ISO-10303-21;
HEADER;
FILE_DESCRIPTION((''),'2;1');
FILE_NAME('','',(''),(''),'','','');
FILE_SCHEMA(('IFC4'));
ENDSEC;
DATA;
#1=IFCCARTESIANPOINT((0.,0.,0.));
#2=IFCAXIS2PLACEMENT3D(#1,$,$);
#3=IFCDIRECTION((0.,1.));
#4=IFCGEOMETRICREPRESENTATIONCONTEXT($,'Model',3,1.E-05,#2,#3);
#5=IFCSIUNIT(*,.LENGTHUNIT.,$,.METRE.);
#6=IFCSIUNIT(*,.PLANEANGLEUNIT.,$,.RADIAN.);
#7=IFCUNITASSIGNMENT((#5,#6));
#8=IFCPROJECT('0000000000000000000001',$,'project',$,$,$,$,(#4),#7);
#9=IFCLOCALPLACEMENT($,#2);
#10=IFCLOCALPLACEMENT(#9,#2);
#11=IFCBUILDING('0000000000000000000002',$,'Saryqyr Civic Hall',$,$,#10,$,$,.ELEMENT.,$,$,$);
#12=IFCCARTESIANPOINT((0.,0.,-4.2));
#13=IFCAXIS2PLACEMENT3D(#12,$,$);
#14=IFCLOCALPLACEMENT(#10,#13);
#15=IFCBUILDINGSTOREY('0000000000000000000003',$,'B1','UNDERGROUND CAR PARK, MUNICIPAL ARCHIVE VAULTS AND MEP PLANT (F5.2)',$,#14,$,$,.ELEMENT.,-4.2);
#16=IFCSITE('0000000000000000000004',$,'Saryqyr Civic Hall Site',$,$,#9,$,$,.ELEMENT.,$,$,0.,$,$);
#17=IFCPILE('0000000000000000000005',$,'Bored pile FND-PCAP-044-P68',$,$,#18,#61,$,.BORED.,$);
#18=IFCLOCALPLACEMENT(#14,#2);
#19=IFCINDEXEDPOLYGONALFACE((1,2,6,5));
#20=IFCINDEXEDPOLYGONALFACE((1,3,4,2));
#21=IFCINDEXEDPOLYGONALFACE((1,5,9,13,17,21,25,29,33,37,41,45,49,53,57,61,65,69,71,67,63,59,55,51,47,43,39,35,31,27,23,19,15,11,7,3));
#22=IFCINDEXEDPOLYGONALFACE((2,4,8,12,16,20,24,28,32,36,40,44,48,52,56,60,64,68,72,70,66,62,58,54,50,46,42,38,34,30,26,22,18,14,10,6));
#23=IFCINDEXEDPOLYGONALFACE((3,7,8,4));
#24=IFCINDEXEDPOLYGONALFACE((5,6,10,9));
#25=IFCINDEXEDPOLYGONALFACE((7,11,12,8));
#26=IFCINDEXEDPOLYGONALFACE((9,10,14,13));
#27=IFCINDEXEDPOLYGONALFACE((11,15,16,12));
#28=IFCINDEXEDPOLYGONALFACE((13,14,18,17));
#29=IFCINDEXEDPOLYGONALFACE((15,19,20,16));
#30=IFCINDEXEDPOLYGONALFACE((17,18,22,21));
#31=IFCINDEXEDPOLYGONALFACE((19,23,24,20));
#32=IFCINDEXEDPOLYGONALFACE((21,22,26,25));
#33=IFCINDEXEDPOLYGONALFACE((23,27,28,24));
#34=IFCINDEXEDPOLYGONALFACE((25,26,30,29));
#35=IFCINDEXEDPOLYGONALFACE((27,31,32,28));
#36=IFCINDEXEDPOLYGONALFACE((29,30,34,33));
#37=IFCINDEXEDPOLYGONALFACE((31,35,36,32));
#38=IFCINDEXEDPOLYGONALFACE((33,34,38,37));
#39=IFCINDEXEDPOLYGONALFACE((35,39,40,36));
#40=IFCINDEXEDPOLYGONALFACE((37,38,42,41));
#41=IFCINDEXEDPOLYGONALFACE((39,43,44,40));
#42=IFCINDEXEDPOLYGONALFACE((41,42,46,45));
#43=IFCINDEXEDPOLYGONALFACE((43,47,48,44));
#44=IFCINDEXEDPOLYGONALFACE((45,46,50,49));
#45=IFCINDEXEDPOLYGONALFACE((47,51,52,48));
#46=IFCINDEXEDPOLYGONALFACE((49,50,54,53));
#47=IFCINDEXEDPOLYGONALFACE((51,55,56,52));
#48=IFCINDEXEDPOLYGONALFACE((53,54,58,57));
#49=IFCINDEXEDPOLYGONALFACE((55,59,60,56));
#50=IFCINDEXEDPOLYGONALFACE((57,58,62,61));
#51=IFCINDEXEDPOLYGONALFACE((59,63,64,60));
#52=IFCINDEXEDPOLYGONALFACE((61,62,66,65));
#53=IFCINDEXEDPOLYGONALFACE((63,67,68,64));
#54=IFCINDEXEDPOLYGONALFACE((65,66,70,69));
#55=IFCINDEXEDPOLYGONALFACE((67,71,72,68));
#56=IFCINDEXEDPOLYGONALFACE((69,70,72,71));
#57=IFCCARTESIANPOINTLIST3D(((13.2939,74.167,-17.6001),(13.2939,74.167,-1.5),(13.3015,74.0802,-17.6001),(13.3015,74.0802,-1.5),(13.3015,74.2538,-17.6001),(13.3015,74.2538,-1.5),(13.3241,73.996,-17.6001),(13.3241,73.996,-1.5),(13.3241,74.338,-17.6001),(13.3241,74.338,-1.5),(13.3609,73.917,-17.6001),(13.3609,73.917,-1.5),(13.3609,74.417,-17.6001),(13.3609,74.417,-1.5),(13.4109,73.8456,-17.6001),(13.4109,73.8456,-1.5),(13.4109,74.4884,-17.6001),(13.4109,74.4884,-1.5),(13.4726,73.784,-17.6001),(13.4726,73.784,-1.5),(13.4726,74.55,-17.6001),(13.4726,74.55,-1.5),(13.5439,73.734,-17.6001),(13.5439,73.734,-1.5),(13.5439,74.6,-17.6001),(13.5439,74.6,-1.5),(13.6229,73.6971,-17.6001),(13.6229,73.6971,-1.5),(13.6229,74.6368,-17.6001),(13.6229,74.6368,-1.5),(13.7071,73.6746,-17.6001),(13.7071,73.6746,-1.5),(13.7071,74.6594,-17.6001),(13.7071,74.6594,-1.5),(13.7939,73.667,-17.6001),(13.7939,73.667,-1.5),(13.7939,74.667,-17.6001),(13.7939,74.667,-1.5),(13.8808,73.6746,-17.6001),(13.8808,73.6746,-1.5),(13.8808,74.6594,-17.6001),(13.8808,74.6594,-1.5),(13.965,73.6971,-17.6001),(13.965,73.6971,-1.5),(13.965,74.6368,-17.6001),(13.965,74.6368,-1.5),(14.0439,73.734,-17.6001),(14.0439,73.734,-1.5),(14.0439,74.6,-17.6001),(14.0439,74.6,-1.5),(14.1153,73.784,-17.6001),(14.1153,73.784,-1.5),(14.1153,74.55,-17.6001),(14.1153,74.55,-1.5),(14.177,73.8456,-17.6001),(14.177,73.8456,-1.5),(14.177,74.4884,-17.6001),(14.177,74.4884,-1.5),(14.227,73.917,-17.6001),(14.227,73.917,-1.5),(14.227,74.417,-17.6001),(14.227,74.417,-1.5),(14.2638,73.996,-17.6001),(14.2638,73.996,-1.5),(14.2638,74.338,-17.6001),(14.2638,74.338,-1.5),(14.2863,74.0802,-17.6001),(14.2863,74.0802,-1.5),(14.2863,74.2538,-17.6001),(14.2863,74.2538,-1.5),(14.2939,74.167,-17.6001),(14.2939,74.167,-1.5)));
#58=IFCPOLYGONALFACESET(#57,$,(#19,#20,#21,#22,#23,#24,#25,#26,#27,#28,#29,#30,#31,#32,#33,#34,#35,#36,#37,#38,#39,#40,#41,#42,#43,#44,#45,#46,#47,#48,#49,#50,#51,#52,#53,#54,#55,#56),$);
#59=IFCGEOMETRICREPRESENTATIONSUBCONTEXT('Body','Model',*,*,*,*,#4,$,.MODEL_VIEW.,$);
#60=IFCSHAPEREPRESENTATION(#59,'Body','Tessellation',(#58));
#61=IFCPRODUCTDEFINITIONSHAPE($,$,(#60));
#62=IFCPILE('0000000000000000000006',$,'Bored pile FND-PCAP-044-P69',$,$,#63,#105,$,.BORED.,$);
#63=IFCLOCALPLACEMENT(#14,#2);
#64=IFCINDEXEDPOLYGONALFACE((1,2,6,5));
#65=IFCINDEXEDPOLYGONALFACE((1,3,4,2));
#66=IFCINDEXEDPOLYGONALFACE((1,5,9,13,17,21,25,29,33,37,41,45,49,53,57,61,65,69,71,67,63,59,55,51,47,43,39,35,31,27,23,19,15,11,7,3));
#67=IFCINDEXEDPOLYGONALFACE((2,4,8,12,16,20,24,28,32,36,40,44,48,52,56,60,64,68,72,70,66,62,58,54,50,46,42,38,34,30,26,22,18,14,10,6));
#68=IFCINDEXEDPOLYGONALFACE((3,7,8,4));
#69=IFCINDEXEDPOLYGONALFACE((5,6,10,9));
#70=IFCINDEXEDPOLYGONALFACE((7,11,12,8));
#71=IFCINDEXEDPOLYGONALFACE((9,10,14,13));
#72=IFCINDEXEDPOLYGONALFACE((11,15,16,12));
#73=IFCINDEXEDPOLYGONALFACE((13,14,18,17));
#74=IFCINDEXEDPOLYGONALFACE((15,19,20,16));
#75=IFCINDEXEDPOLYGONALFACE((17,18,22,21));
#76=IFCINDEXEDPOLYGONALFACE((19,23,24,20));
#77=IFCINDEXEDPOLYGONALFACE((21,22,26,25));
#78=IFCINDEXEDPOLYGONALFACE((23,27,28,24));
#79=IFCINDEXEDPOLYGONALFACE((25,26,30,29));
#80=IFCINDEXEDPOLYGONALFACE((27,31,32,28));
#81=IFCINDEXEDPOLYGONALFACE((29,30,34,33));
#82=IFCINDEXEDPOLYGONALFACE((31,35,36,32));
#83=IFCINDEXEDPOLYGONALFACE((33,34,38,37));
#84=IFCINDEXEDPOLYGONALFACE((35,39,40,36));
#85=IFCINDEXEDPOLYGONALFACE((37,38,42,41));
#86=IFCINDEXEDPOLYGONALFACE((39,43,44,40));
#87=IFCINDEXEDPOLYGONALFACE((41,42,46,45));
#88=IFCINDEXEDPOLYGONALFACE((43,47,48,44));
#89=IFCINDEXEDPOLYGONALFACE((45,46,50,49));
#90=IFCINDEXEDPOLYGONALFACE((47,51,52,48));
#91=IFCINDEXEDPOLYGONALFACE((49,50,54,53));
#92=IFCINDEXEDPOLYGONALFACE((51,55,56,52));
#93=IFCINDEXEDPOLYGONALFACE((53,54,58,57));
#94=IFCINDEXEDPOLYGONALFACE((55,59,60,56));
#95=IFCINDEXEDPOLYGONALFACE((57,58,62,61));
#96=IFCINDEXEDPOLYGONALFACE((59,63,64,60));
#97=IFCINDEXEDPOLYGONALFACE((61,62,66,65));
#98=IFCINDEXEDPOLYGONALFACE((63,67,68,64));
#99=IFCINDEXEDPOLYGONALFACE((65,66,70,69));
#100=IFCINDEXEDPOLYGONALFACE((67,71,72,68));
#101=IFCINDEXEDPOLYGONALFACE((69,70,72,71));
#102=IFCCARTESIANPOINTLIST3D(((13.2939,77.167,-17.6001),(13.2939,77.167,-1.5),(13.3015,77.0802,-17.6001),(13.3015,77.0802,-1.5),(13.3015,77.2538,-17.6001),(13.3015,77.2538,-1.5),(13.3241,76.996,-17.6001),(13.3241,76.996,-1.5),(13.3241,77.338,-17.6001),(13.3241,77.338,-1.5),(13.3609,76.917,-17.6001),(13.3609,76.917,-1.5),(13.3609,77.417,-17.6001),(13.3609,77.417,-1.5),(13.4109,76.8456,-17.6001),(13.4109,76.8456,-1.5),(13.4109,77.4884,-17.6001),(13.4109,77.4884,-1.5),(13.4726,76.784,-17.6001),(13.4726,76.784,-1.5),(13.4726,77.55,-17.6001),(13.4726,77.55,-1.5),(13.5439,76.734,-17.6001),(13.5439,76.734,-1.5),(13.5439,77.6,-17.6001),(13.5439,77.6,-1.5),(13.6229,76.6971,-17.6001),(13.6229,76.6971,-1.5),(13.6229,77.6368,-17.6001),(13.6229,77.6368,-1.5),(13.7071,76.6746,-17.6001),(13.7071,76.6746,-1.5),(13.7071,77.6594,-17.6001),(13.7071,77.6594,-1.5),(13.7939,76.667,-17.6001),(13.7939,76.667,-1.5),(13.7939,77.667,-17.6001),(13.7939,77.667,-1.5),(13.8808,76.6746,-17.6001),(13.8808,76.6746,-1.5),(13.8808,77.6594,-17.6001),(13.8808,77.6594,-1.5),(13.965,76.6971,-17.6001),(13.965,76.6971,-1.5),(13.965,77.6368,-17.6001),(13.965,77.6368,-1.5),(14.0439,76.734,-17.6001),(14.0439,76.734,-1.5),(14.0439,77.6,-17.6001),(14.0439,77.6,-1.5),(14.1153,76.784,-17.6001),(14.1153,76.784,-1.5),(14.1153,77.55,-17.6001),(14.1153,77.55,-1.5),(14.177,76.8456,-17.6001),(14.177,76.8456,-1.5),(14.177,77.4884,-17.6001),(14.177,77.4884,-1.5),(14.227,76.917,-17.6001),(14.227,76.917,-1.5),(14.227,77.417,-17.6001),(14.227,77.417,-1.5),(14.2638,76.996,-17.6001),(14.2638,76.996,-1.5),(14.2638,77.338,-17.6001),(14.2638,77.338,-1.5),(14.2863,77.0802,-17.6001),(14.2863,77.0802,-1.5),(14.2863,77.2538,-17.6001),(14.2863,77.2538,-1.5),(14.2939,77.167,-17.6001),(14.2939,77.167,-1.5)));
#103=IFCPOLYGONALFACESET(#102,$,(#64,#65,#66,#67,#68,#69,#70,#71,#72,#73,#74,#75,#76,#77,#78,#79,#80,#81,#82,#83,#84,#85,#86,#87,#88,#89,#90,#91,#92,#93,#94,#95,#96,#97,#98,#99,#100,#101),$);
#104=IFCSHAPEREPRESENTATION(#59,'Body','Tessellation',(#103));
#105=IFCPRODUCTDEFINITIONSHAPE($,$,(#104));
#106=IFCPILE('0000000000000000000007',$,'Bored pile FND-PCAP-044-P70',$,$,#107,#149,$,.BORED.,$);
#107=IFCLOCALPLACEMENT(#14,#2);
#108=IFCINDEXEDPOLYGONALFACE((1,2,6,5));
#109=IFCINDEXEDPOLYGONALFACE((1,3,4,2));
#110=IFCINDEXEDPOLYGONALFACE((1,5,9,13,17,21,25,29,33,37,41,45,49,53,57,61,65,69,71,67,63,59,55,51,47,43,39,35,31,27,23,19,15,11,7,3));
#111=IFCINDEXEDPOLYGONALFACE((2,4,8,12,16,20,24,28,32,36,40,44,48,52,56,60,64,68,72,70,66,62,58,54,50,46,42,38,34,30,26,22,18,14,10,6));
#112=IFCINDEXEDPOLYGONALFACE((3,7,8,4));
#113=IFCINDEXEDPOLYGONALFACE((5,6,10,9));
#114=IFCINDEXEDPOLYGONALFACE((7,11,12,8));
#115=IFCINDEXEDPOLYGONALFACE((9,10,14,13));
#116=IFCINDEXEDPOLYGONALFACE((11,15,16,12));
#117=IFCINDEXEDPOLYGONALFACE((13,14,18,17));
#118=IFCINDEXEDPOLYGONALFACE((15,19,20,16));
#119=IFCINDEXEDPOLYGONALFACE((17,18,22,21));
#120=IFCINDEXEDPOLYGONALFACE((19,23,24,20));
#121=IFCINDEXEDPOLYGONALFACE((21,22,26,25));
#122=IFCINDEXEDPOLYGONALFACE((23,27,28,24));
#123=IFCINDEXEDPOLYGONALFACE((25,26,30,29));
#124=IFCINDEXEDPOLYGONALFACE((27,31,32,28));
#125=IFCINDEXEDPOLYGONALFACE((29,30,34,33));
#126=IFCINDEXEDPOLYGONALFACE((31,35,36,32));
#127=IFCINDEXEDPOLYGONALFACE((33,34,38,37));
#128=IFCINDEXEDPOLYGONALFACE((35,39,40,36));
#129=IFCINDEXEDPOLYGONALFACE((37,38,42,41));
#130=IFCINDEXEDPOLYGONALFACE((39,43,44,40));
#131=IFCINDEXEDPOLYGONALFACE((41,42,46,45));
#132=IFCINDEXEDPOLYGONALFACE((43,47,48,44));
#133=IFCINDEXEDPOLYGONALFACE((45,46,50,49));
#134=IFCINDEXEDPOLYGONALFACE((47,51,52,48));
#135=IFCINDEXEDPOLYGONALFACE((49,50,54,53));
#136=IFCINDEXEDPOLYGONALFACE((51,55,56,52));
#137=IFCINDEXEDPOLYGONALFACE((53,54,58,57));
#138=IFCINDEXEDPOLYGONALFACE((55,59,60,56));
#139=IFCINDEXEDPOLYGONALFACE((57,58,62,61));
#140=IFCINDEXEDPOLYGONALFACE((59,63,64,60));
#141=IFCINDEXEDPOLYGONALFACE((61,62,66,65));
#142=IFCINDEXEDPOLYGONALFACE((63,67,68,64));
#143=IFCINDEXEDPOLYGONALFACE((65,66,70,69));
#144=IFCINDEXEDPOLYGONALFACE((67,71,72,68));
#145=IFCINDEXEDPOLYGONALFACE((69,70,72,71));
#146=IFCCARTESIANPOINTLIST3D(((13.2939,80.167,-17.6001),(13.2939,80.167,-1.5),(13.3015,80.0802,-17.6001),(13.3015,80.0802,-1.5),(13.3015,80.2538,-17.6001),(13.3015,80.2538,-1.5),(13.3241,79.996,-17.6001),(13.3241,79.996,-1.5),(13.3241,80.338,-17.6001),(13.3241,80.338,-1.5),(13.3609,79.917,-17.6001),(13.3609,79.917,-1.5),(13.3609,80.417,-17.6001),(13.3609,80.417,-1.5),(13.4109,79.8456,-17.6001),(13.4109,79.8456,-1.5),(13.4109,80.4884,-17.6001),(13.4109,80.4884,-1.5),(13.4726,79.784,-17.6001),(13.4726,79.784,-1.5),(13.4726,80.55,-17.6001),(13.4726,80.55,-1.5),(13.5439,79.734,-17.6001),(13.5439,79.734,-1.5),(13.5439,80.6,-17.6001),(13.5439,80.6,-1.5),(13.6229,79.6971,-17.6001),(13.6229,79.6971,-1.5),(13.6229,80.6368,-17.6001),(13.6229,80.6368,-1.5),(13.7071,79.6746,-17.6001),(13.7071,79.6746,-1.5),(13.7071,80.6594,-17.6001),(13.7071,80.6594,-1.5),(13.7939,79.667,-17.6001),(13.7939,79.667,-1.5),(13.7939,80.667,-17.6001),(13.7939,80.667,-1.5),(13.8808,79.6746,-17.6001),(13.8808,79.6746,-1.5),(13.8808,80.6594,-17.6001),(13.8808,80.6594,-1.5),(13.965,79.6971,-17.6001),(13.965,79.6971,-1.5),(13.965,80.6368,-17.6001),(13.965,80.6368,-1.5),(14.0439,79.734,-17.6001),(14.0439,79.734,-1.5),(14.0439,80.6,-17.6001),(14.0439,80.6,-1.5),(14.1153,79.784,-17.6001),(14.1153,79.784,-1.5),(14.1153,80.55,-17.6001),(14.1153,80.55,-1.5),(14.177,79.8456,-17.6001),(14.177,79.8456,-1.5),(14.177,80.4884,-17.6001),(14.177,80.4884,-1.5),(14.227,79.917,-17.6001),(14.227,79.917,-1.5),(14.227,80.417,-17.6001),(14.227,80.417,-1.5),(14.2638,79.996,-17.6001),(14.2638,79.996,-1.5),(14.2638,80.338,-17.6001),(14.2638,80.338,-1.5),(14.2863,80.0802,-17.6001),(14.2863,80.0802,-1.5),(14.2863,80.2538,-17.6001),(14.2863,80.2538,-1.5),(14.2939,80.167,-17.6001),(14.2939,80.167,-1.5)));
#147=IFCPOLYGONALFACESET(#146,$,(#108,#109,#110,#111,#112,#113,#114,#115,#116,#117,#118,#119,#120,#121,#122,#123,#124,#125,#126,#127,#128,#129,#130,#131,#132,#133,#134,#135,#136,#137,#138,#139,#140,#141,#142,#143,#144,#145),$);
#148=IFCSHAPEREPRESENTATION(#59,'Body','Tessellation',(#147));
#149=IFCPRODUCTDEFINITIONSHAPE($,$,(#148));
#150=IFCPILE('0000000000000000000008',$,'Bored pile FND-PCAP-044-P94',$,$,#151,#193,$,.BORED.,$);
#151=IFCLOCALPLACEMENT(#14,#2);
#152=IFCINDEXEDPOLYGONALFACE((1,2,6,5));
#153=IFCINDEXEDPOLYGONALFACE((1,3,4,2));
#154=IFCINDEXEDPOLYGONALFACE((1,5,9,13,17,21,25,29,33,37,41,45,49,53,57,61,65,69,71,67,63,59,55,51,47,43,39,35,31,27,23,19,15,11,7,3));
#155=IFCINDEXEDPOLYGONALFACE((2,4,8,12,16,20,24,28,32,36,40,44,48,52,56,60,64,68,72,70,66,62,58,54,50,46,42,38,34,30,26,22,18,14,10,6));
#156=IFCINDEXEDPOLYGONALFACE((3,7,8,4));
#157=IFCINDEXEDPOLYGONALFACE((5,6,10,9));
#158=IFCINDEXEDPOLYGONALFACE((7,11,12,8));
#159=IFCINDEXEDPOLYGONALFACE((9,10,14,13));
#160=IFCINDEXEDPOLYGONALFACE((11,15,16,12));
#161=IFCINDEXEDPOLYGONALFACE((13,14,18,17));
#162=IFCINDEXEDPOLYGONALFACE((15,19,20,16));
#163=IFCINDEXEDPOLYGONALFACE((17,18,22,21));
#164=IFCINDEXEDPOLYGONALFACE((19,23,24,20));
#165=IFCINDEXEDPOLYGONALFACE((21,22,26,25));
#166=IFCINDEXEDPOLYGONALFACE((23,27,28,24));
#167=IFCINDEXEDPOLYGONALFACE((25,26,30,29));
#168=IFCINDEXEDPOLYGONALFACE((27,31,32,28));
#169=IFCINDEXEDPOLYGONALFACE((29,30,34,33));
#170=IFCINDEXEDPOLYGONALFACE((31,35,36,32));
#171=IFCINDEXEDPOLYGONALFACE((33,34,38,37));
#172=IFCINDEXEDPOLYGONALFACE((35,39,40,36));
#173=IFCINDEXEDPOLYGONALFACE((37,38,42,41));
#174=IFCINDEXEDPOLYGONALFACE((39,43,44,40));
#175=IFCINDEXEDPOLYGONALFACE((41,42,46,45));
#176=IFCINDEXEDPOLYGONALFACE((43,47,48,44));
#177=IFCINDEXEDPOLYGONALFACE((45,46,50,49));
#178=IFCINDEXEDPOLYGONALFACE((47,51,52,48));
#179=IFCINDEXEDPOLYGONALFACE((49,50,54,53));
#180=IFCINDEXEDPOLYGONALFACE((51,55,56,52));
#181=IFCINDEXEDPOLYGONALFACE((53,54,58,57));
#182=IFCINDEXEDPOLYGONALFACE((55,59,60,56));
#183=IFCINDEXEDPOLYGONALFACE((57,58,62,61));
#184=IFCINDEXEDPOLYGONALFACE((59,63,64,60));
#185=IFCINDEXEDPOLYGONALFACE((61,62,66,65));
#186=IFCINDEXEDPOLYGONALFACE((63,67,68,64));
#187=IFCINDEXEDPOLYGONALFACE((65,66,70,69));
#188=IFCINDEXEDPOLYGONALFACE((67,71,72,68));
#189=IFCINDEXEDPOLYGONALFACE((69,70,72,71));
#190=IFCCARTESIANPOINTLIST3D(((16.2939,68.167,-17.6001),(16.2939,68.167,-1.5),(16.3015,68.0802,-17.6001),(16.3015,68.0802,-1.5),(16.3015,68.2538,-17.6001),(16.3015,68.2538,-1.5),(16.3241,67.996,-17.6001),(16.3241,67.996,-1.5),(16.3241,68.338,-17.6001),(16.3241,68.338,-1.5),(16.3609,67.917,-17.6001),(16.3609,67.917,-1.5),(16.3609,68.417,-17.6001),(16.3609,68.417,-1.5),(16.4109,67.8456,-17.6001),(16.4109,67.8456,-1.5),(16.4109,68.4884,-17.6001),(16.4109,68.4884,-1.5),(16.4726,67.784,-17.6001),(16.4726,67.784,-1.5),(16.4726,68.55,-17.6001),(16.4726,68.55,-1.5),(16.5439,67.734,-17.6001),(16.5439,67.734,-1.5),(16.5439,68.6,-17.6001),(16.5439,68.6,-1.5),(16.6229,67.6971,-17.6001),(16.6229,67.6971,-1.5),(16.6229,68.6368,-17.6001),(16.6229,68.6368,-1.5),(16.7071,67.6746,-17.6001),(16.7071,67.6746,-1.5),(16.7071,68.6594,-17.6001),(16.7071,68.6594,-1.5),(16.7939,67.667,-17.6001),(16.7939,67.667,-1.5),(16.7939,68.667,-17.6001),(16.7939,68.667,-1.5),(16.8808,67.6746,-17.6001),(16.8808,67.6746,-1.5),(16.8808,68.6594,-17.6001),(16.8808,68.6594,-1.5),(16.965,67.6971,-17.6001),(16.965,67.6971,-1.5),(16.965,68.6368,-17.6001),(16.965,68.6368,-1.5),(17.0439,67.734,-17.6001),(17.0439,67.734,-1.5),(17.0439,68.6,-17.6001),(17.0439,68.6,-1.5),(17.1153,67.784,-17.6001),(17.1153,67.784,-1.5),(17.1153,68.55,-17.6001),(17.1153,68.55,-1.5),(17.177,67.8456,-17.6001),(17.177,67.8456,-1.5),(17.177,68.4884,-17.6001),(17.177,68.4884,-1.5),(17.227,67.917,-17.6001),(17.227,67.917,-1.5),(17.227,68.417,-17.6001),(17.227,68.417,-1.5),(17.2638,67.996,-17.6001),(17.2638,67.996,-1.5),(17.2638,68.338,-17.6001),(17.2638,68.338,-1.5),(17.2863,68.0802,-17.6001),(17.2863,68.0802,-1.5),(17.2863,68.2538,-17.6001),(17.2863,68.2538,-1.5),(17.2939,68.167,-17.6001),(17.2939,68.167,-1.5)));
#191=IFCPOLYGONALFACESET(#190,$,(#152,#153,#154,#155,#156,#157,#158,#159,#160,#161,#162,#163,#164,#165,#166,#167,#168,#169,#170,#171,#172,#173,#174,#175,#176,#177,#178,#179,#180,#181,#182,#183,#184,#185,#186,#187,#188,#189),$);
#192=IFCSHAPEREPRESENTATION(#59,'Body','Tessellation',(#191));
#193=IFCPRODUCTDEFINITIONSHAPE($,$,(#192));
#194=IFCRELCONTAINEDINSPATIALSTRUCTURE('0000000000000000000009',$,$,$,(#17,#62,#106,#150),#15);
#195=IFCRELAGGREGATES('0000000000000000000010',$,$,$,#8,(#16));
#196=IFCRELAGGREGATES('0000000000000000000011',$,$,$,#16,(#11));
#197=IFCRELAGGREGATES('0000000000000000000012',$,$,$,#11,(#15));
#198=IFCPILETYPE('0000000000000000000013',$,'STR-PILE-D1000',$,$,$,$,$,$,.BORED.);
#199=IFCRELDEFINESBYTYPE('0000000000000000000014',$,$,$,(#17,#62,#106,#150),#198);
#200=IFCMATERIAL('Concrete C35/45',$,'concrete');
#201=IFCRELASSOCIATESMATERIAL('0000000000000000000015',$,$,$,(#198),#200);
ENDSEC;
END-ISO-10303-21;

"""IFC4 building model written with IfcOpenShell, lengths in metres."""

from ifc_helpers import new_model, si_unit, direction, frame, origin, origin_2d, place, context, subcontext, project, spatial, circle, extrude, material, material_profile, profile_set, type_object, element, save


model = new_model("IFC4")

# Units and contexts
model_context = context("Model", 3, precision=1e-05, world=origin(), true_north=direction((0.0, 1.0)))
body_context = subcontext(model_context, "Body", "Model", "MODEL_VIEW")
ifc_project = project(units=[si_unit("LENGTHUNIT", "METRE"), si_unit("PLANEANGLEUNIT", "RADIAN")], contexts=[model_context])

# Site, building, storey
site_placement = place(None, origin())
site = spatial("IfcSite", under=ifc_project, at=site_placement, Name="Saryqyr Civic Hall Site", CompositionType="ELEMENT", RefElevation=0.0)
building_placement = place(site_placement, origin())
building = spatial("IfcBuilding", under=site, at=building_placement, Name="Saryqyr Civic Hall", CompositionType="ELEMENT")
storey_placement = place(building_placement, frame((0.0, 0.0, -4.2)))
storey = spatial("IfcBuildingStorey", under=building, at=storey_placement, Name="B1", Description="UNDERGROUND CAR PARK, MUNICIPAL ARCHIVE VAULTS AND MEP PLANT (F5.2)", CompositionType="ELEMENT", Elevation=-4.2)

# Piles
ifc_material_1 = material(Name="Concrete C35/45", Category="concrete")
ifc_material_profile_1 = material_profile(ifc_material_1, circle(Radius=0.5, at=origin_2d()), Name="BORED PILE D1000")
ifc_profile_set_1 = profile_set([ifc_material_profile_1], Name="Concrete C35/45")
pile_type = type_object("IfcPileType", Name="STR-PILE-D1000", PredefinedType="BORED", material=ifc_profile_set_1)
for number, where, z_axis, x_axis, name in (
    (1, (13.7939, 74.167, -1.5), (0.0, 0.0, -1.0), (1.0, 0.0, 0.0), "Bored pile FND-PCAP-044-P68"),
    (2, (13.7939, 77.167, -1.5), (0.0, 0.0, -1.0), (1.0, 0.0, 0.0), "Bored pile FND-PCAP-044-P69"),
    (3, (13.7939, 80.167, -1.5), (0.0, 0.0, -1.0), (1.0, 0.0, 0.0), "Bored pile FND-PCAP-044-P70"),
    (4, (16.7939, 68.167, -1.5), (0.0, 0.0, -1.0), (1.0, 0.0, 0.0), "Bored pile FND-PCAP-044-P94"),
):
    element("IfcPile", number, at=place(storey_placement, frame(where, z_axis=z_axis, x_axis=x_axis)), inside=storey, type_object=pile_type, Name=name, PredefinedType="BORED", context=body_context, shape_type="SweptSolid", body=[
        extrude(circle(Radius=0.5, at=origin_2d()), origin(), (0.0, 0.0, 1.0), 16.1001),
    ])

save(model, "model.ifc")
